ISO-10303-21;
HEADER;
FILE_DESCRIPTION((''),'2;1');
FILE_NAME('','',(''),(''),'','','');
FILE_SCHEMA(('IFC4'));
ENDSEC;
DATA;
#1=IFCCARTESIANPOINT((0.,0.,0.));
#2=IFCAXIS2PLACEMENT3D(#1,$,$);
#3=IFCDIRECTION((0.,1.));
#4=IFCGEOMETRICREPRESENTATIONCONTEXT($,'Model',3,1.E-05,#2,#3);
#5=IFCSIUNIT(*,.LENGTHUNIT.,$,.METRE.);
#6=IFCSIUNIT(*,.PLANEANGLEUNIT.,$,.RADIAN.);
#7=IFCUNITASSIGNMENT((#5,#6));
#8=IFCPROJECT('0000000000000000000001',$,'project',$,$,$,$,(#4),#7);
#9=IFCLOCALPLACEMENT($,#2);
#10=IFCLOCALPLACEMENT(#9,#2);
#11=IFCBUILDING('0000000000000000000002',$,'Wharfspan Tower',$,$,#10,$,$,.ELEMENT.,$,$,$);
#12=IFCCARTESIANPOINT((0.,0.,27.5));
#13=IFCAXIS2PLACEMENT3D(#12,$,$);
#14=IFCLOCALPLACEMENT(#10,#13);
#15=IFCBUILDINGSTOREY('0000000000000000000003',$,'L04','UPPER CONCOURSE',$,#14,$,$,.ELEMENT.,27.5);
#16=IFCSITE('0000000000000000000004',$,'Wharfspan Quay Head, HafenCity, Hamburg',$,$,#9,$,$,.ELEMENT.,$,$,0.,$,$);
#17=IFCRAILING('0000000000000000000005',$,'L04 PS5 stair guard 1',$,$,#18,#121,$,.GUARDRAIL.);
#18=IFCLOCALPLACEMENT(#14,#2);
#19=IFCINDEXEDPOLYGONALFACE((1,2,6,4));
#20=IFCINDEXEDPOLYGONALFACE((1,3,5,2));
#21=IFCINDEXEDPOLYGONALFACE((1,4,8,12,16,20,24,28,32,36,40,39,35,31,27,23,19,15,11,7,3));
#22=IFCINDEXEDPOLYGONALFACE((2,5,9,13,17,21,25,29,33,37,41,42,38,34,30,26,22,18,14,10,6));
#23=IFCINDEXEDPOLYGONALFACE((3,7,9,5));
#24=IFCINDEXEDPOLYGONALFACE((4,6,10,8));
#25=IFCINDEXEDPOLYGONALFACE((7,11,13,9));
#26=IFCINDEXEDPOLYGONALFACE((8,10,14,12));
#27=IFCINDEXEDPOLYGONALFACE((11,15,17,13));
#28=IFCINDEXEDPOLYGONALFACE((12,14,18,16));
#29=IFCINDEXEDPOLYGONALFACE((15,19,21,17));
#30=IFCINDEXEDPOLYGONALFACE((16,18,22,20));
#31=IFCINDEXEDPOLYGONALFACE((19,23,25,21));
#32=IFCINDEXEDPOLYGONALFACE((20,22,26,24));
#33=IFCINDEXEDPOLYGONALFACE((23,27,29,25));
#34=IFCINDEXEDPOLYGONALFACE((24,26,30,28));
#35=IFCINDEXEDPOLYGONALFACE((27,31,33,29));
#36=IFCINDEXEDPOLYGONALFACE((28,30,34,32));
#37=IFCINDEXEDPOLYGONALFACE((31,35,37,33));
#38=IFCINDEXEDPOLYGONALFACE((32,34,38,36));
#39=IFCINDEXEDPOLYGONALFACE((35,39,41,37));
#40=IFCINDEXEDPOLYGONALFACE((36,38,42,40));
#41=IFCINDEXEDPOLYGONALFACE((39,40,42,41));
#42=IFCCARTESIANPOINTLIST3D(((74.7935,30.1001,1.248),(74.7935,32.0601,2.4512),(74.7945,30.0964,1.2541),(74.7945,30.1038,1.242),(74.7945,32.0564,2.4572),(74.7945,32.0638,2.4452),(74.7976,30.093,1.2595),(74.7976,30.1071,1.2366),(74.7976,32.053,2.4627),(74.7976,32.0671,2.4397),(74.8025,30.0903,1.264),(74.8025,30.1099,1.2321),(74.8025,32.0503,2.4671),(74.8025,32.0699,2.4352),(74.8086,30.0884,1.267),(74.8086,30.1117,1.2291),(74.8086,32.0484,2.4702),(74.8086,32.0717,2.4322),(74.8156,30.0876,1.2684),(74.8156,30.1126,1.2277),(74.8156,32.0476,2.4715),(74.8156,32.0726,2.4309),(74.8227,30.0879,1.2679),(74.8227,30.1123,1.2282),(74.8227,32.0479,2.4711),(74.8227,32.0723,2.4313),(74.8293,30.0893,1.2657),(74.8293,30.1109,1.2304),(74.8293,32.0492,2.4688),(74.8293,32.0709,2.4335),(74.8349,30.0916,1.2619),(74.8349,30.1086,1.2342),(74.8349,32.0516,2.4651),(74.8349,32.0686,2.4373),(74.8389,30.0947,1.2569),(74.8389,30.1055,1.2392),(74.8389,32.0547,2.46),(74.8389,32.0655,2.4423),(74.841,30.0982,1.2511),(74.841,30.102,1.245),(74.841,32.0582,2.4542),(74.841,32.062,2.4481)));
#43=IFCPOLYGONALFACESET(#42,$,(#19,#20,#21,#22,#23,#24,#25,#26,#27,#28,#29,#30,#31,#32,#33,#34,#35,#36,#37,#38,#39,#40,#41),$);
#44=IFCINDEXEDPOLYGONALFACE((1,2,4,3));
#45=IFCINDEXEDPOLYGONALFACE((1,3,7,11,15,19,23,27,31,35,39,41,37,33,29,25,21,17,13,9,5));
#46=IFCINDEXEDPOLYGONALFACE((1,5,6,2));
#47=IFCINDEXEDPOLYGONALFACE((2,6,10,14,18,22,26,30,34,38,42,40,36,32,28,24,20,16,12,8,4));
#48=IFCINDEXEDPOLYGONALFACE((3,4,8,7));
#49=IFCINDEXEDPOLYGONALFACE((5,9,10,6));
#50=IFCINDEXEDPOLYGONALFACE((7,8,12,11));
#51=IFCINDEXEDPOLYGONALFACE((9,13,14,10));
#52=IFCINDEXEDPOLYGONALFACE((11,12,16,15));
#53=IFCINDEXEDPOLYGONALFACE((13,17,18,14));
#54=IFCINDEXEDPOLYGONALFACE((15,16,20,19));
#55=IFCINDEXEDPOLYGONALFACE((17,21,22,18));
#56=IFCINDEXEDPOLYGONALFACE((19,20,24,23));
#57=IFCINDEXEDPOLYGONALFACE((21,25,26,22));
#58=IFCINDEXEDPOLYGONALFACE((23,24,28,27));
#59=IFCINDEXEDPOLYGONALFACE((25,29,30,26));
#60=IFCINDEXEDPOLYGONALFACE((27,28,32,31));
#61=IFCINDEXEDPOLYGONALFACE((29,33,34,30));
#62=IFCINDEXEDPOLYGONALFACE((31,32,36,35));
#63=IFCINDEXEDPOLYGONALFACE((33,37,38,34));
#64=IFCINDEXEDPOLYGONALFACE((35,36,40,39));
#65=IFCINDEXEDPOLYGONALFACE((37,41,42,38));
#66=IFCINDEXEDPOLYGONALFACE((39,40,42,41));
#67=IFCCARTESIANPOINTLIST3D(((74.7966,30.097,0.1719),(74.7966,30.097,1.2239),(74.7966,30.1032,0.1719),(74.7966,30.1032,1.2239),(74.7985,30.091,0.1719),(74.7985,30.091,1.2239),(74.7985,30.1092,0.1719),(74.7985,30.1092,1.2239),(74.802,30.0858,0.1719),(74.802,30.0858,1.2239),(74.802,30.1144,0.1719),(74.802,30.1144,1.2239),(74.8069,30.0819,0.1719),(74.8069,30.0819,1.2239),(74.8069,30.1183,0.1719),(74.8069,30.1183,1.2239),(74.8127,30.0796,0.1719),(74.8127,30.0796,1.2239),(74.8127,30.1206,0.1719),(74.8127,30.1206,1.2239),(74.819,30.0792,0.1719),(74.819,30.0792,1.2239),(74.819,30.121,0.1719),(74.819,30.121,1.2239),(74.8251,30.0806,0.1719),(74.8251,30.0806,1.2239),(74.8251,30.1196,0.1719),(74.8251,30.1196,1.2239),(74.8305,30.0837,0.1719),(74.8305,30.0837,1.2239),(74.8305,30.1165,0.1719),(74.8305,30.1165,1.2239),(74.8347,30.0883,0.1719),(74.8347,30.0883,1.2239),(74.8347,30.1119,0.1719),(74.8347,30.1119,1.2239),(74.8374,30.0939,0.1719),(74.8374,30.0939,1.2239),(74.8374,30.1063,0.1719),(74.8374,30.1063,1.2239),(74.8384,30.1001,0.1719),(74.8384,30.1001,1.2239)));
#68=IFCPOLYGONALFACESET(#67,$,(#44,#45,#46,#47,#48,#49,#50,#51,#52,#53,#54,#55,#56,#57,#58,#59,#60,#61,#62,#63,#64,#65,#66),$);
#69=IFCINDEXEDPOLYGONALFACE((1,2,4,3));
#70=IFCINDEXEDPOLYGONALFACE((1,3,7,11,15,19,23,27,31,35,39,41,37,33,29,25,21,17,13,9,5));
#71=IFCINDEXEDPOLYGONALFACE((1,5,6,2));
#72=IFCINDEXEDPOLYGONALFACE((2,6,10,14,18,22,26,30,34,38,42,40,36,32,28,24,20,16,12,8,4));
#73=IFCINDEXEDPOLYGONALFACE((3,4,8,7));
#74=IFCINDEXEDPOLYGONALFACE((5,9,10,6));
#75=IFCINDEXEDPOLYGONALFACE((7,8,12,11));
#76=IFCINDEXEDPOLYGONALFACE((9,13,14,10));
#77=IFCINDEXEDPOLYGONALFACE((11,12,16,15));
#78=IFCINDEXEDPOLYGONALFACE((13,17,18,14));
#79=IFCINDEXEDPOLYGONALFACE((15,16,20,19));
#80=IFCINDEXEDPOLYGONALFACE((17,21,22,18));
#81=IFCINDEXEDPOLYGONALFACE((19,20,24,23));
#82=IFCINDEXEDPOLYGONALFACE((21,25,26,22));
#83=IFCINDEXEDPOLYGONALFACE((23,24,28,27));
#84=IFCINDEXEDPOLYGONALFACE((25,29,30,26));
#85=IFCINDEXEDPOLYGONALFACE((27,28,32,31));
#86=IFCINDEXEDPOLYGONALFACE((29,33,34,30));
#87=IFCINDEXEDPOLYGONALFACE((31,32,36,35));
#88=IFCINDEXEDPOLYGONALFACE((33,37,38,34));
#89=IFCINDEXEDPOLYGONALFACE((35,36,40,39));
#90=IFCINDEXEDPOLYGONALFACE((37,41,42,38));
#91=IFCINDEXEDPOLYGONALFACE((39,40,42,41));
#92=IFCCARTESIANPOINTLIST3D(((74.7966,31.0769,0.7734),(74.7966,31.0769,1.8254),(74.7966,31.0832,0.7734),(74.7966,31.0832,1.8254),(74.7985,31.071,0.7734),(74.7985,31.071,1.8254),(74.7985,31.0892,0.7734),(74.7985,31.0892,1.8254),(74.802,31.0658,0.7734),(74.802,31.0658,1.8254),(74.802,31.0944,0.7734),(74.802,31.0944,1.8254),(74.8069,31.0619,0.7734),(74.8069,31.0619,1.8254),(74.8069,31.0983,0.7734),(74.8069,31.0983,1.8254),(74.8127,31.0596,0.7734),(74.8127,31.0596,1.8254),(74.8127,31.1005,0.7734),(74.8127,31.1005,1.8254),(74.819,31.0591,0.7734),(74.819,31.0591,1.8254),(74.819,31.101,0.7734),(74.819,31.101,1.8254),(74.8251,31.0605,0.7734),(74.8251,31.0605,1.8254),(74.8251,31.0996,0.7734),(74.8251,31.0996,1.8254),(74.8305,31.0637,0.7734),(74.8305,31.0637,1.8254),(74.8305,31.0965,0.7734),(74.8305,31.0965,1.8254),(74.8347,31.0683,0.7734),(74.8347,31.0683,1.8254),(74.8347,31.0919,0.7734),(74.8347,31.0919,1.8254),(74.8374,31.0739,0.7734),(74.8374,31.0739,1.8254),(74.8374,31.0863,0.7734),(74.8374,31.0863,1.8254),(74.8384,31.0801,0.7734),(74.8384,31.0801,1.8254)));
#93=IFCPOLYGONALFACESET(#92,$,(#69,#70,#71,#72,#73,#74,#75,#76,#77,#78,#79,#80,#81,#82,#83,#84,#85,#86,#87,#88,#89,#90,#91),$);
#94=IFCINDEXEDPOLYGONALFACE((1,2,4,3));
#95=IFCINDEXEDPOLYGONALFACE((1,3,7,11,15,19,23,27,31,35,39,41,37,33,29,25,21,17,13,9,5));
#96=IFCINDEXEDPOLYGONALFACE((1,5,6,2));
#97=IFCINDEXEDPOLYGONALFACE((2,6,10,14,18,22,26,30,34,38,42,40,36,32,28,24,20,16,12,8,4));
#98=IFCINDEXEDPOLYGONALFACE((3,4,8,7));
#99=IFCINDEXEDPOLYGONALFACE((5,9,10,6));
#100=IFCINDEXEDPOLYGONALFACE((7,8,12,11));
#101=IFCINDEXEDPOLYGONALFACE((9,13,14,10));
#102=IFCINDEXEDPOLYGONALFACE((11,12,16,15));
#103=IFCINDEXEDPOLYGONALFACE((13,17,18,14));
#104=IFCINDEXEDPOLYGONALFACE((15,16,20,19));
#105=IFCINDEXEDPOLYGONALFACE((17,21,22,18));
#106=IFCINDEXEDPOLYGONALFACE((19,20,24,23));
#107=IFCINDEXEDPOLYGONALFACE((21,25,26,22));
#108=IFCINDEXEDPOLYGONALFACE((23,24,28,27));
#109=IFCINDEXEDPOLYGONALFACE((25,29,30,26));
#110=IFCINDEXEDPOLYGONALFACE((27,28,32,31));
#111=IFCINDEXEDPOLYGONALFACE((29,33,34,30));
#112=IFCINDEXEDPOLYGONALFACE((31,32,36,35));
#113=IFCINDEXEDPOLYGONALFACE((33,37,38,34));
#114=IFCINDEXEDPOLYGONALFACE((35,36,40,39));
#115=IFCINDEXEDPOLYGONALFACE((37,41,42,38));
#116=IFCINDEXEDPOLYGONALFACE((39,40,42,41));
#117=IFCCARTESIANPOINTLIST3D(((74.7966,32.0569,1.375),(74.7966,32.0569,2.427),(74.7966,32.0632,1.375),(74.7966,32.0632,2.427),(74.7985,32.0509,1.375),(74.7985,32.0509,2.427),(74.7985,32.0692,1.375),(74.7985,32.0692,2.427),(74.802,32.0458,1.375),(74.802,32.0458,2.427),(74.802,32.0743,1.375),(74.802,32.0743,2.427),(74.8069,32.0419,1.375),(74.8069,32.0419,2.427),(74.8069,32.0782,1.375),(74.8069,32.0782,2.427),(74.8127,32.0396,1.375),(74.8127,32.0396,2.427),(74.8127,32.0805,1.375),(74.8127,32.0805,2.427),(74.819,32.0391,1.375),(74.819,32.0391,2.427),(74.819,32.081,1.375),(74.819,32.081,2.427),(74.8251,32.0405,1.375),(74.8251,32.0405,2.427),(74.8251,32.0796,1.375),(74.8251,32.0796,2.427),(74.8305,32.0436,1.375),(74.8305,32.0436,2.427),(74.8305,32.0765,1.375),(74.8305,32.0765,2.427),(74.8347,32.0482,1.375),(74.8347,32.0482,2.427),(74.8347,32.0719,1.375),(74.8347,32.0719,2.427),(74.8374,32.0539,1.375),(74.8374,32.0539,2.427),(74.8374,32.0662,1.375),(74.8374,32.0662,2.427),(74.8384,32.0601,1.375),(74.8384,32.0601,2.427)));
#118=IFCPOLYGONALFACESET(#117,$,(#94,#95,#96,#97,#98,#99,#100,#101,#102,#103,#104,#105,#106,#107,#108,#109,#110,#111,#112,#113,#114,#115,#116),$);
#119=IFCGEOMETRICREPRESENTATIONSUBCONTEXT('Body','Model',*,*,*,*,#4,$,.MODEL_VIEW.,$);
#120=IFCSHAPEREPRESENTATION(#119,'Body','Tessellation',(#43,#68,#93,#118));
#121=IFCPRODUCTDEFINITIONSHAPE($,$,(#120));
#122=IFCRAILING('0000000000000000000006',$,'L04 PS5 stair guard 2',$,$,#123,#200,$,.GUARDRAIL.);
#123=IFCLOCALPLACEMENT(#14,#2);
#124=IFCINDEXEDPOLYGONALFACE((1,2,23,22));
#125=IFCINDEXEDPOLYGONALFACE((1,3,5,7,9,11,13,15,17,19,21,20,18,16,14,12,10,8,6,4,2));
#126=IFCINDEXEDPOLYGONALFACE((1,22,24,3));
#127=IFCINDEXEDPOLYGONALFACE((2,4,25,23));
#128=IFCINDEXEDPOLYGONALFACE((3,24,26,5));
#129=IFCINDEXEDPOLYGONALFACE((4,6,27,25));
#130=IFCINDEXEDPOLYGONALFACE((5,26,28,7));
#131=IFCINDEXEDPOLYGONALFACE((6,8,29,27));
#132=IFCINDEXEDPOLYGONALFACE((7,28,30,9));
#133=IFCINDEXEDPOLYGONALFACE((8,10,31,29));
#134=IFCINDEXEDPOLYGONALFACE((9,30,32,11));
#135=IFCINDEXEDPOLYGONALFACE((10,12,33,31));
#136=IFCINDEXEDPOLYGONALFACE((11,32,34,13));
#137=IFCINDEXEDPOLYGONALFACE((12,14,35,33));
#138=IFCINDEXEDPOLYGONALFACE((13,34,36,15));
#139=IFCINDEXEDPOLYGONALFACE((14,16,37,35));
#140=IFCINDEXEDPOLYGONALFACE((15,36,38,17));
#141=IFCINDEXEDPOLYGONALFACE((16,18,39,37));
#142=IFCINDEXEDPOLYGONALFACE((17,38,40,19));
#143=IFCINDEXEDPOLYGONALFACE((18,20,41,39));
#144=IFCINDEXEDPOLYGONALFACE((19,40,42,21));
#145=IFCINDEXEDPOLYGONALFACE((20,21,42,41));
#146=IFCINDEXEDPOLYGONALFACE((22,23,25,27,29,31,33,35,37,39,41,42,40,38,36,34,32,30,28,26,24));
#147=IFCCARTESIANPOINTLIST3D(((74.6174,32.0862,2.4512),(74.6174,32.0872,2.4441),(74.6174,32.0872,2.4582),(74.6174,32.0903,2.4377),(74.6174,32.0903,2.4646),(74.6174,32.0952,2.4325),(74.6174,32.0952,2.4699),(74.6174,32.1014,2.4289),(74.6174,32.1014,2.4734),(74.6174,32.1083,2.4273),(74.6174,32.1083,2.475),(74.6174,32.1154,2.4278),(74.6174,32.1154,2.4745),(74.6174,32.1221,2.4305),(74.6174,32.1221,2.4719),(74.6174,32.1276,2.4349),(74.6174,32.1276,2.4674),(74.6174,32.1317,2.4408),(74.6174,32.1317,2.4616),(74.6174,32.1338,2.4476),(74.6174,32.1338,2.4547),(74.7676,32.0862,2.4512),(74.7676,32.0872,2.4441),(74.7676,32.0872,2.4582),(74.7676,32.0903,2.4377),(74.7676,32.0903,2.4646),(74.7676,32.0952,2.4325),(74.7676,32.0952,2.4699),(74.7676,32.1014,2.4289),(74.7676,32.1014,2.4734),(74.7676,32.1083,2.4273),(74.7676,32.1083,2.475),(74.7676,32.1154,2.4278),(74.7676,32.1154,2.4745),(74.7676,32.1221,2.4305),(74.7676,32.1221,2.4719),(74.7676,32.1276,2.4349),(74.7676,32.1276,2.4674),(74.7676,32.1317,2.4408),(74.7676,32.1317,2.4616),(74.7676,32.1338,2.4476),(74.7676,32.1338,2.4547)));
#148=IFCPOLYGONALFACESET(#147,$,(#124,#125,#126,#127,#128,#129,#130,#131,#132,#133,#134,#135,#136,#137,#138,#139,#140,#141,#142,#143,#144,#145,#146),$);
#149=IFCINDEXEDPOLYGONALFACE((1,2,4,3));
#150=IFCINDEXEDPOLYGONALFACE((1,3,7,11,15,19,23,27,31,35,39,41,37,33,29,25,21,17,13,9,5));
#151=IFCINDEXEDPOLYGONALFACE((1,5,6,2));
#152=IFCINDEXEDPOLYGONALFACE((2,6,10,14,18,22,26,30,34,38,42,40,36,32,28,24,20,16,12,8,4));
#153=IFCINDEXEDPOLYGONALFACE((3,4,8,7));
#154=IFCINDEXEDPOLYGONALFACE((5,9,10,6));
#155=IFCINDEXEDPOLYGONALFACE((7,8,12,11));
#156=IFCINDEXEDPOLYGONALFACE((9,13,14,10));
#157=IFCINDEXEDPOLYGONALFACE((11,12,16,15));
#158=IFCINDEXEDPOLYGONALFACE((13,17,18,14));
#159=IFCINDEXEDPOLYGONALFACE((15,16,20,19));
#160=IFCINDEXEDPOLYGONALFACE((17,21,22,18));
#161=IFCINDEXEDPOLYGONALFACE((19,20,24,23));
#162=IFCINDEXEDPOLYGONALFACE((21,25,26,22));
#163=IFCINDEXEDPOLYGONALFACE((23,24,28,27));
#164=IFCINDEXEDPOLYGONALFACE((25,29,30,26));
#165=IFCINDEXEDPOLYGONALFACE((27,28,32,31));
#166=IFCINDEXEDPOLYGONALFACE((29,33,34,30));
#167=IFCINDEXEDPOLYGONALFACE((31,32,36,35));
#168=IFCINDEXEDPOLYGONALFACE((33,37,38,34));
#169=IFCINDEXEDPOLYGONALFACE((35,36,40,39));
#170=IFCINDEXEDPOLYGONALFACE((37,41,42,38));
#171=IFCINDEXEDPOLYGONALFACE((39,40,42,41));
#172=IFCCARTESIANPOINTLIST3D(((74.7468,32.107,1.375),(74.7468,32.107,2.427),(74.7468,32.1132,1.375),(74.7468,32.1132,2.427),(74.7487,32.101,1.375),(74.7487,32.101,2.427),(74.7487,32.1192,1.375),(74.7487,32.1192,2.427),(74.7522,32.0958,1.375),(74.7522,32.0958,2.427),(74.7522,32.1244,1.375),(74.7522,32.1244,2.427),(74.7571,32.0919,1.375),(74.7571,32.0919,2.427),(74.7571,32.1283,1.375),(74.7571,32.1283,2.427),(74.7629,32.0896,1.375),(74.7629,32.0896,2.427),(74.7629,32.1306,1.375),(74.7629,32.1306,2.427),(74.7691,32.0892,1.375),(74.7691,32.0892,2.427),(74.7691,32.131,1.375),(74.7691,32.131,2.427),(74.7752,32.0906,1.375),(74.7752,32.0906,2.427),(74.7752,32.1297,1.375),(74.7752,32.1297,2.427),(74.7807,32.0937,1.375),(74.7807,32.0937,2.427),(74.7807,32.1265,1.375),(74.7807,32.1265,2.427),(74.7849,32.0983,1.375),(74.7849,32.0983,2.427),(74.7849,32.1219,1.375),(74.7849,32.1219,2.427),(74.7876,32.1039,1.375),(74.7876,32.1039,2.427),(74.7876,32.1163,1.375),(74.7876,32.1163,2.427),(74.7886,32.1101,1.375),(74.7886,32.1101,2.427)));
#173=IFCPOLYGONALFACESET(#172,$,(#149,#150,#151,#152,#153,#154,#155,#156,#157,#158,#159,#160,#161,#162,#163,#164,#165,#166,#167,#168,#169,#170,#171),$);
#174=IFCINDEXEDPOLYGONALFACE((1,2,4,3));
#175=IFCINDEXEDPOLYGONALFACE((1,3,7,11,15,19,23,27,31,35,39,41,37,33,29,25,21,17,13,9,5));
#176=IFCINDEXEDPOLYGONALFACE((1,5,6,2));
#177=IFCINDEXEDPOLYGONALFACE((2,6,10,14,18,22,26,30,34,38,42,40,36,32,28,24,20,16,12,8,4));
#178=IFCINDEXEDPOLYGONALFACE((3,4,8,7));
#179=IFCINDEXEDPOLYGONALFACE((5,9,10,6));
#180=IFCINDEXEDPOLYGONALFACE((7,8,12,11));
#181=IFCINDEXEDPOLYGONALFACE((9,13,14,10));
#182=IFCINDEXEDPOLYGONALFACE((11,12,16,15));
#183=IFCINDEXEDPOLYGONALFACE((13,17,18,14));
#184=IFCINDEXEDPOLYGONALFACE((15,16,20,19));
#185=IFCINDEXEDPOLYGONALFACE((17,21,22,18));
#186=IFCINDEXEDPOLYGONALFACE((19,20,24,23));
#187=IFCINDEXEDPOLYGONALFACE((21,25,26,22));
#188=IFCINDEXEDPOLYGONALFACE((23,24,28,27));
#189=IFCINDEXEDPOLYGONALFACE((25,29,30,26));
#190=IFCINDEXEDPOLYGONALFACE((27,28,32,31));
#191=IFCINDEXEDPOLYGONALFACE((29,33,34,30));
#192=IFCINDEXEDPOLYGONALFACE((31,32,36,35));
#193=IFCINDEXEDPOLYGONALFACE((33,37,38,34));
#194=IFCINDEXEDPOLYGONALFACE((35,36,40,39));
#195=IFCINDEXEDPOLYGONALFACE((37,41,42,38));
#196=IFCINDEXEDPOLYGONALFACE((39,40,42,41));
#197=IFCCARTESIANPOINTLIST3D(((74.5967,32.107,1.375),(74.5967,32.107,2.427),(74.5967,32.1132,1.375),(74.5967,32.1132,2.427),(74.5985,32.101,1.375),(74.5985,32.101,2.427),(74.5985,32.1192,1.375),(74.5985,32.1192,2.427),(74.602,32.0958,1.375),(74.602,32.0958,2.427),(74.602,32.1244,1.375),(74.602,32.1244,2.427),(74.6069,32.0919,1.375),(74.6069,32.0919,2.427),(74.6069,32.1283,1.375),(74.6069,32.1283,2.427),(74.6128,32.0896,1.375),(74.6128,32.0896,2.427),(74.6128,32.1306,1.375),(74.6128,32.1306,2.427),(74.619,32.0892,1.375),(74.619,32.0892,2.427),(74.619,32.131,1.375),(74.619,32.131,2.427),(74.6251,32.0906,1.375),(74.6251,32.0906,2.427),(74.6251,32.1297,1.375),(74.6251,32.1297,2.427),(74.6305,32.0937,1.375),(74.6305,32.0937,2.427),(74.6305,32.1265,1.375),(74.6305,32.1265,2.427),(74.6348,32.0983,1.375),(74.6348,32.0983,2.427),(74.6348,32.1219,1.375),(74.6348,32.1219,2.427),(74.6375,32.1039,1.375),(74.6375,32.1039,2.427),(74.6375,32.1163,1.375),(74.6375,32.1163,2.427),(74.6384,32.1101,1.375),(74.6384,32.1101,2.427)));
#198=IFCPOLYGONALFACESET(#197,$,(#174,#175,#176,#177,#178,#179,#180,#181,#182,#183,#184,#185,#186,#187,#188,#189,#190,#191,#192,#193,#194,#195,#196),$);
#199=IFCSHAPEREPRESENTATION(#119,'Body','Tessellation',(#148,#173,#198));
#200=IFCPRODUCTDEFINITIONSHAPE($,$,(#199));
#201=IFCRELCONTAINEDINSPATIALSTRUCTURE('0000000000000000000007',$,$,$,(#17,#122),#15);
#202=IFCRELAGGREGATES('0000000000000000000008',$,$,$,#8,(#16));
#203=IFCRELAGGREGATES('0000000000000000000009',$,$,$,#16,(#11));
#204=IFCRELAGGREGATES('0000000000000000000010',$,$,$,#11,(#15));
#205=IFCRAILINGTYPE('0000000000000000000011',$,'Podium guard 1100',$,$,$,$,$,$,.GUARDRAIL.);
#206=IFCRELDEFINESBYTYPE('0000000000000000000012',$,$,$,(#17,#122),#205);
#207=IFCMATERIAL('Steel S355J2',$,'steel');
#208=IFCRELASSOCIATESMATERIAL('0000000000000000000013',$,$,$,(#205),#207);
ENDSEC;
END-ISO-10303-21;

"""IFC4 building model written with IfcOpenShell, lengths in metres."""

from ifc_helpers import new_model, si_unit, direction, frame, origin, origin_2d, place, context, subcontext, project, spatial, circle, extrude, material, type_object, element, save


model = new_model("IFC4")

# Units and contexts
model_context = context("Model", 3, precision=1e-05, world=origin(), true_north=direction((0.0, 1.0)))
body_context = subcontext(model_context, "Body", "Model", "MODEL_VIEW")
ifc_project = project(units=[si_unit("LENGTHUNIT", "METRE"), si_unit("PLANEANGLEUNIT", "RADIAN")], contexts=[model_context])

# Site, building, storey
site_placement = place(None, origin())
site = spatial("IfcSite", under=ifc_project, at=site_placement, Name="Wharfspan Quay Head, HafenCity, Hamburg", CompositionType="ELEMENT", RefElevation=0.0)
building_placement = place(site_placement, origin())
building = spatial("IfcBuilding", under=site, at=building_placement, Name="Wharfspan Tower", CompositionType="ELEMENT")
storey_placement = place(building_placement, frame((0.0, 0.0, 27.5)))
storey = spatial("IfcBuildingStorey", under=building, at=storey_placement, Name="L04", Description="UPPER CONCOURSE", CompositionType="ELEMENT", Elevation=27.5)

# Railings
ifc_material_1 = material(Name="Steel S355J2", Category="steel")
railing_type_1 = type_object("IfcRailingType", Name="Podium guard 1100", PredefinedType="GUARDRAIL", material=ifc_material_1)
railing_1_placement = place(storey_placement, frame((74.8174, 30.1001, 0.1719)))
element("IfcRailing", 1, at=railing_1_placement, inside=storey, type_object=railing_type_1, Name="L04 PS5 stair guard 1", PredefinedType="GUARDRAIL", context=body_context, shape_type="SweptSolid", body=[
    extrude(circle(Radius=0.0239, at=origin_2d()), frame((0.0, 0.0, 1.0762), z_axis=(0.0, 0.852241, 0.523149), x_axis=(-1.0, 0.0, 0.0)), (0.0, 0.0, 1.0), 2.2998),
    extrude(circle(Radius=0.021, at=origin_2d()), origin(), (0.0, 0.0, 1.0), 1.052),
    extrude(circle(Radius=0.021, at=origin_2d()), frame((0.0, 0.98, 0.6016)), (0.0, 0.0, 1.0), 1.052),
    extrude(circle(Radius=0.021, at=origin_2d()), frame((0.0, 1.96, 1.2031)), (0.0, 0.0, 1.0), 1.052),
])
railing_2_placement = place(storey_placement, frame((74.7676, 32.1101, 1.375)))
element("IfcRailing", 2, at=railing_2_placement, inside=storey, type_object=railing_type_1, Name="L04 PS5 stair guard 2", PredefinedType="GUARDRAIL", context=body_context, shape_type="SweptSolid", body=[
    extrude(circle(Radius=0.0239, at=origin_2d()), frame((0.0, 0.0, 1.0762), z_axis=(-1.0, 0.0, 0.0), x_axis=(0.0, -1.0, 0.0)), (0.0, 0.0, 1.0), 0.1501),
    extrude(circle(Radius=0.021, at=origin_2d()), origin(), (0.0, 0.0, 1.0), 1.052),
    extrude(circle(Radius=0.021, at=origin_2d()), frame((-0.1501, 0.0, 0.0)), (0.0, 0.0, 1.0), 1.052),
])

save(model, "model.ifc")
